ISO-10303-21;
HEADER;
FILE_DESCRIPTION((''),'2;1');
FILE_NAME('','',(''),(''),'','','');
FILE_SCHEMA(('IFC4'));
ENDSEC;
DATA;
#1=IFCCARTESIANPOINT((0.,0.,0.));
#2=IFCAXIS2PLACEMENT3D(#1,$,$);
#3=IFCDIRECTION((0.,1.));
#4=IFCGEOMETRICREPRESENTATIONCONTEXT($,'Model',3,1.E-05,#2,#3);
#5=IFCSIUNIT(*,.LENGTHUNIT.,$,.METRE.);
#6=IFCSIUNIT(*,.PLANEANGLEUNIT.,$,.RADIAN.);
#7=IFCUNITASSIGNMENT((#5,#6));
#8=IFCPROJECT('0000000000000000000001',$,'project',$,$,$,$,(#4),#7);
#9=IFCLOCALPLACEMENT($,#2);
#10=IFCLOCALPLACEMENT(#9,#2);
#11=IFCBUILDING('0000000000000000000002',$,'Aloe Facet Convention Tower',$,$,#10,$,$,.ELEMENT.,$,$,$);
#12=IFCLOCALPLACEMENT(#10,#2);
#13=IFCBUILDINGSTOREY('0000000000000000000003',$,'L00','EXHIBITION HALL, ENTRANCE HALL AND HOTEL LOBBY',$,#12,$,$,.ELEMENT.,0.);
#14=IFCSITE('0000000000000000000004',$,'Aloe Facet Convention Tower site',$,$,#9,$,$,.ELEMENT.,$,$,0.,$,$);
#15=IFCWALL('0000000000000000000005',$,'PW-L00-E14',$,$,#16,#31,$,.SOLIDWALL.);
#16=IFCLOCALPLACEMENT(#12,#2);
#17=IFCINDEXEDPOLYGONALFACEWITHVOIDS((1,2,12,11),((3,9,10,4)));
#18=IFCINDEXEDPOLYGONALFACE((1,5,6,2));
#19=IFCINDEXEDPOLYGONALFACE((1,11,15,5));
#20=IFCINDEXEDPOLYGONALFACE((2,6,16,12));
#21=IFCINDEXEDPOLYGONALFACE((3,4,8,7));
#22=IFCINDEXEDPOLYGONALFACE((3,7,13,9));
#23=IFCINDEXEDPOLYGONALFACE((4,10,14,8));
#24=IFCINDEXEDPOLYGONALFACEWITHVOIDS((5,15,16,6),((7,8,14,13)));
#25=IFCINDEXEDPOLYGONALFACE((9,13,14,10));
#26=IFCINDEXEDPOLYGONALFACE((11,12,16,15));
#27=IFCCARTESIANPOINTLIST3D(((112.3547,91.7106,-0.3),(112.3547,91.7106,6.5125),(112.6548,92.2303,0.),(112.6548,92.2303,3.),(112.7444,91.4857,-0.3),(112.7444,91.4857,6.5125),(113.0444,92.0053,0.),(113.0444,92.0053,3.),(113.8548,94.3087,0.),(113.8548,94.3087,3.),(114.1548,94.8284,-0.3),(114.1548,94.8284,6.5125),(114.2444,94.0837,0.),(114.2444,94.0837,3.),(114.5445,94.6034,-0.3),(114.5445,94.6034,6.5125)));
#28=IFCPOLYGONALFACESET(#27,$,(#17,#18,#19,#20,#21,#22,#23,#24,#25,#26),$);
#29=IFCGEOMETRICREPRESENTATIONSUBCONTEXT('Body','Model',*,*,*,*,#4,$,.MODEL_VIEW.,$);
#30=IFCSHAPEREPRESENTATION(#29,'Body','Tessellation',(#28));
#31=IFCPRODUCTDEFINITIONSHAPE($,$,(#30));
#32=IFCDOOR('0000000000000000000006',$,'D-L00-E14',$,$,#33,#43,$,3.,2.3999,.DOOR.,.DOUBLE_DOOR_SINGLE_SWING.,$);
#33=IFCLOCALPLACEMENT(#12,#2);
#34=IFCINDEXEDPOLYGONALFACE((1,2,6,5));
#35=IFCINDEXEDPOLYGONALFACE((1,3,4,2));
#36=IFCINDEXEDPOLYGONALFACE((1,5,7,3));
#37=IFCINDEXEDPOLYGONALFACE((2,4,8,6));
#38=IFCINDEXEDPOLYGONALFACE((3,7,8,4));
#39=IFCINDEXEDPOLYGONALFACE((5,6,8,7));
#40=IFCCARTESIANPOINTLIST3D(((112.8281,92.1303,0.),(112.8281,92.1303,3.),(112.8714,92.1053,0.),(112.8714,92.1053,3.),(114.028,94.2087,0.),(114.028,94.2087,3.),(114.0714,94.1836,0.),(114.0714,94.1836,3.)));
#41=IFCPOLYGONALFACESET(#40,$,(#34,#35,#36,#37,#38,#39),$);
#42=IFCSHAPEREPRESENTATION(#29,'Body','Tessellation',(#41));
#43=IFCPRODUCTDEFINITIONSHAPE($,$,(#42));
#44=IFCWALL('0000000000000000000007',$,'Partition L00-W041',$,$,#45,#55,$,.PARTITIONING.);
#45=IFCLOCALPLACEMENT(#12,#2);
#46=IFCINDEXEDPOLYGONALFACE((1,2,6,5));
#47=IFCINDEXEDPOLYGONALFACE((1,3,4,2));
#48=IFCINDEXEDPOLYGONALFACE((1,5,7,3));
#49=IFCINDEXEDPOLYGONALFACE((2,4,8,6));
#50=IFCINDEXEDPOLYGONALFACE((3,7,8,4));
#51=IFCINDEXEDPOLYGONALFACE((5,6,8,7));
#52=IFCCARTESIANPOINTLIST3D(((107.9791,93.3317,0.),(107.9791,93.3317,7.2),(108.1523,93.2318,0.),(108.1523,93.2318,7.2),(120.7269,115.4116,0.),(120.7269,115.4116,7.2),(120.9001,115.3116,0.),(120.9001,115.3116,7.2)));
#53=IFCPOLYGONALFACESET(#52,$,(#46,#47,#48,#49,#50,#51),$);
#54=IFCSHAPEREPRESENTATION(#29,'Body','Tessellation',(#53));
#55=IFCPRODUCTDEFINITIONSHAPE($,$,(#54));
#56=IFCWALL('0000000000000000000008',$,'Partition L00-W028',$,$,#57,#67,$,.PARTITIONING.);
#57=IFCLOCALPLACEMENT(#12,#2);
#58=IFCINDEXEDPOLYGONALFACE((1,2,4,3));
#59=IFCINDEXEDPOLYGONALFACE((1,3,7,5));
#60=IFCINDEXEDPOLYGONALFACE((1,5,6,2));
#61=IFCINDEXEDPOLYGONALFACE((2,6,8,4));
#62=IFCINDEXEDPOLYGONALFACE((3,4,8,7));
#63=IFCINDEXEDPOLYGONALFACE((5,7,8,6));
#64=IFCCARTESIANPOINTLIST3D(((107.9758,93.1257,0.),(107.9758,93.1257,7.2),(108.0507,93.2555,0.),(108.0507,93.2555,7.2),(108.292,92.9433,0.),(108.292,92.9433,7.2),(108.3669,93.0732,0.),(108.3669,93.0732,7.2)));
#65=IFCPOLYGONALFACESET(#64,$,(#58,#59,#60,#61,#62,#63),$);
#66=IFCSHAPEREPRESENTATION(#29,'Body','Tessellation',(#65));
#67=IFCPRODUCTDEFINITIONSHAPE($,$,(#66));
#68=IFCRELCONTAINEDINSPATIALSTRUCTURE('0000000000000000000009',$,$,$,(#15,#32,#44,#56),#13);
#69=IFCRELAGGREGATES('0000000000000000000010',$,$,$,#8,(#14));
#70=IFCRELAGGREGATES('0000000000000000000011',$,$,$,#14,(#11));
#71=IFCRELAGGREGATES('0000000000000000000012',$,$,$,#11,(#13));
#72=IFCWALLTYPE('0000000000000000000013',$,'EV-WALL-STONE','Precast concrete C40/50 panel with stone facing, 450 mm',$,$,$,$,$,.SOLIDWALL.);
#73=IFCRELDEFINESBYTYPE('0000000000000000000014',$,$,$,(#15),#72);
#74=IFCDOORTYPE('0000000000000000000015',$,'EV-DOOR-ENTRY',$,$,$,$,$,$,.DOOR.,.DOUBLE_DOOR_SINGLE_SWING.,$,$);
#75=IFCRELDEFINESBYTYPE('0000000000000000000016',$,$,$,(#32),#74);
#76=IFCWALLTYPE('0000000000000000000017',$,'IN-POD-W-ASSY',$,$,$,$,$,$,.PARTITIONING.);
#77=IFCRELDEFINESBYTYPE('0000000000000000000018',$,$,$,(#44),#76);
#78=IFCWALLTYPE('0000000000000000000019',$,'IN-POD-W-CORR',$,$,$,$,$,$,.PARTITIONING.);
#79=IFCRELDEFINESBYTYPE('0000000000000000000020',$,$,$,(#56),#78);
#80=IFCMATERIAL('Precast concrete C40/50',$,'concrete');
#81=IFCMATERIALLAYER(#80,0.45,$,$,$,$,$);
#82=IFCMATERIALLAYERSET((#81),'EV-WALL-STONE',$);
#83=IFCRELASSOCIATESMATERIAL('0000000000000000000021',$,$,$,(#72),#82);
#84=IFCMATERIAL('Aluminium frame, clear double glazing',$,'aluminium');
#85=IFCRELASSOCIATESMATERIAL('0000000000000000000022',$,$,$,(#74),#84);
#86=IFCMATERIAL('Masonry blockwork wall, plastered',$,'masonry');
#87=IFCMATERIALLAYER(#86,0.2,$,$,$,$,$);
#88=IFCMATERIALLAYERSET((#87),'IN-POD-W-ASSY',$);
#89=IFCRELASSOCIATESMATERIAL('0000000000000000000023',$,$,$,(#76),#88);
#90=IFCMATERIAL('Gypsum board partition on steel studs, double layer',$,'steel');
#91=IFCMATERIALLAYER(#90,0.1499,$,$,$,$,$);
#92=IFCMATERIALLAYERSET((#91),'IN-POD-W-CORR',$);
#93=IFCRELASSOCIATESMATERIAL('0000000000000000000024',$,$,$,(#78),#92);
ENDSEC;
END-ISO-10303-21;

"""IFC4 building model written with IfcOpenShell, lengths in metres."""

from ifc_helpers import new_model, si_unit, direction, frame, frame_2d, origin, place, context, subcontext, project, spatial, rectangle, extrude, material, layer, layer_set, type_object, element, fill, save


model = new_model("IFC4")

# Units and contexts
model_context = context("Model", 3, precision=1e-05, world=origin(), true_north=direction((0.0, 1.0)))
body_context = subcontext(model_context, "Body", "Model", "MODEL_VIEW")
ifc_project = project(units=[si_unit("LENGTHUNIT", "METRE"), si_unit("PLANEANGLEUNIT", "RADIAN")], contexts=[model_context])

# Site, building, storey
site_placement = place(None, origin())
site = spatial("IfcSite", under=ifc_project, at=site_placement, Name="Aloe Facet Convention Tower site", CompositionType="ELEMENT", RefElevation=0.0)
building_placement = place(site_placement, origin())
building = spatial("IfcBuilding", under=site, at=building_placement, Name="Aloe Facet Convention Tower", CompositionType="ELEMENT")
storey_placement = place(building_placement, origin())
storey = spatial("IfcBuildingStorey", under=building, at=storey_placement, Name="L00", Description="EXHIBITION HALL, ENTRANCE HALL AND HOTEL LOBBY", CompositionType="ELEMENT", Elevation=0.0)

# Shared definitions
ifc_material_1 = material(Name="Precast concrete C40/50", Category="concrete")
ifc_layer_1 = layer(ifc_material_1, 0.45)
ifc_layer_set_1 = layer_set([ifc_layer_1], Name="EV-WALL-STONE")
wall_type_1 = type_object("IfcWallType", Name="EV-WALL-STONE", Description="Precast concrete C40/50 panel with stone facing, 450 mm", PredefinedType="SOLIDWALL", material=ifc_layer_set_1)
ifc_material_2 = material(Name="Aluminium frame, clear double glazing", Category="aluminium")
door_type = type_object("IfcDoorType", Name="EV-DOOR-ENTRY", OperationType="DOUBLE_DOOR_SINGLE_SWING", PredefinedType="DOOR", material=ifc_material_2)

# Wall, opening, door
wall_1_placement = place(storey_placement, frame((112.5496, 91.5981, -0.3), z_axis=(0.0, 0.0, 1.0), x_axis=(0.500012, 0.866018, 0.0)))
wall_1 = element("IfcWall", 1, at=wall_1_placement, inside=storey, type_object=wall_type_1, Name="PW-L00-E14", PredefinedType="SOLIDWALL", context=body_context, shape_type="SweptSolid", body=[
    extrude(rectangle(XDim=3.6001, YDim=0.45, at=frame_2d((1.8, 0.0))), origin(), (0.0, 0.0, 1.0), 6.8125),
])
opening_1_placement = place(wall_1_placement, frame((0.6001, 0.0, 0.3)))
opening_1 = element("IfcOpeningElement", 2, at=opening_1_placement, cuts=wall_1, PredefinedType="OPENING", context=body_context, shape_type="SweptSolid", body=[
    extrude(rectangle(XDim=2.3999, YDim=3.0, at=frame_2d((1.2, 1.5))), frame((0.0, 0.2349, 0.0), z_axis=(0.0, -1.0, 0.0), x_axis=(1.0, 0.0, 0.0)), (0.0, 0.0, 1.0), 0.47),
])
door_1_placement = place(opening_1_placement, origin())
door_1 = element("IfcDoor", 3, at=door_1_placement, inside=storey, type_object=door_type, Name="D-L00-E14", OperationType="DOUBLE_DOOR_SINGLE_SWING", OverallHeight=3.0, OverallWidth=2.3999, PredefinedType="DOOR", context=body_context, shape_type="SweptSolid", body=[
    extrude(rectangle(XDim=2.3999, YDim=3.0, at=frame_2d((1.2, 1.5))), frame((0.0, 0.0249, 0.0), z_axis=(0.0, -1.0, 0.0), x_axis=(1.0, 0.0, 0.0)), (0.0, 0.0, 1.0), 0.05),
])
fill(opening_1, door_1)

# Walls
ifc_material_3 = material(Name="Masonry blockwork wall, plastered", Category="masonry")
ifc_layer_2 = layer(ifc_material_3, 0.2)
ifc_layer_set_2 = layer_set([ifc_layer_2], Name="IN-POD-W-ASSY")
wall_type_2 = type_object("IfcWallType", Name="IN-POD-W-ASSY", PredefinedType="PARTITIONING", material=ifc_layer_set_2)
wall_2_placement = place(storey_placement, frame((108.0657, 93.2817, 0.0), z_axis=(0.0, 0.0, 1.0), x_axis=(0.5, 0.866025, 0.0)))
element("IfcWall", 4, at=wall_2_placement, inside=storey, type_object=wall_type_2, Name="Partition L00-W041", PredefinedType="PARTITIONING", context=body_context, shape_type="SweptSolid", body=[
    extrude(rectangle(XDim=25.4956, YDim=0.2, at=frame_2d((12.7478, 0.0))), origin(), (0.0, 0.0, 1.0), 7.2),
])
ifc_material_4 = material(Name="Gypsum board partition on steel studs, double layer", Category="steel")
ifc_layer_3 = layer(ifc_material_4, 0.1499)
ifc_layer_set_3 = layer_set([ifc_layer_3], Name="IN-POD-W-CORR")
wall_type_3 = type_object("IfcWallType", Name="IN-POD-W-CORR", PredefinedType="PARTITIONING", material=ifc_layer_set_3)
wall_3_placement = place(storey_placement, frame((108.0132, 93.1907, 0.0), z_axis=(0.0, 0.0, 1.0), x_axis=(0.866219, -0.499665, 0.0)))
element("IfcWall", 5, at=wall_3_placement, inside=storey, type_object=wall_type_3, Name="Partition L00-W028", PredefinedType="PARTITIONING", context=body_context, shape_type="SweptSolid", body=[
    extrude(rectangle(XDim=0.365, YDim=0.1499, at=frame_2d((0.1826, 0.0))), origin(), (0.0, 0.0, 1.0), 7.2),
])

save(model, "model.ifc")
